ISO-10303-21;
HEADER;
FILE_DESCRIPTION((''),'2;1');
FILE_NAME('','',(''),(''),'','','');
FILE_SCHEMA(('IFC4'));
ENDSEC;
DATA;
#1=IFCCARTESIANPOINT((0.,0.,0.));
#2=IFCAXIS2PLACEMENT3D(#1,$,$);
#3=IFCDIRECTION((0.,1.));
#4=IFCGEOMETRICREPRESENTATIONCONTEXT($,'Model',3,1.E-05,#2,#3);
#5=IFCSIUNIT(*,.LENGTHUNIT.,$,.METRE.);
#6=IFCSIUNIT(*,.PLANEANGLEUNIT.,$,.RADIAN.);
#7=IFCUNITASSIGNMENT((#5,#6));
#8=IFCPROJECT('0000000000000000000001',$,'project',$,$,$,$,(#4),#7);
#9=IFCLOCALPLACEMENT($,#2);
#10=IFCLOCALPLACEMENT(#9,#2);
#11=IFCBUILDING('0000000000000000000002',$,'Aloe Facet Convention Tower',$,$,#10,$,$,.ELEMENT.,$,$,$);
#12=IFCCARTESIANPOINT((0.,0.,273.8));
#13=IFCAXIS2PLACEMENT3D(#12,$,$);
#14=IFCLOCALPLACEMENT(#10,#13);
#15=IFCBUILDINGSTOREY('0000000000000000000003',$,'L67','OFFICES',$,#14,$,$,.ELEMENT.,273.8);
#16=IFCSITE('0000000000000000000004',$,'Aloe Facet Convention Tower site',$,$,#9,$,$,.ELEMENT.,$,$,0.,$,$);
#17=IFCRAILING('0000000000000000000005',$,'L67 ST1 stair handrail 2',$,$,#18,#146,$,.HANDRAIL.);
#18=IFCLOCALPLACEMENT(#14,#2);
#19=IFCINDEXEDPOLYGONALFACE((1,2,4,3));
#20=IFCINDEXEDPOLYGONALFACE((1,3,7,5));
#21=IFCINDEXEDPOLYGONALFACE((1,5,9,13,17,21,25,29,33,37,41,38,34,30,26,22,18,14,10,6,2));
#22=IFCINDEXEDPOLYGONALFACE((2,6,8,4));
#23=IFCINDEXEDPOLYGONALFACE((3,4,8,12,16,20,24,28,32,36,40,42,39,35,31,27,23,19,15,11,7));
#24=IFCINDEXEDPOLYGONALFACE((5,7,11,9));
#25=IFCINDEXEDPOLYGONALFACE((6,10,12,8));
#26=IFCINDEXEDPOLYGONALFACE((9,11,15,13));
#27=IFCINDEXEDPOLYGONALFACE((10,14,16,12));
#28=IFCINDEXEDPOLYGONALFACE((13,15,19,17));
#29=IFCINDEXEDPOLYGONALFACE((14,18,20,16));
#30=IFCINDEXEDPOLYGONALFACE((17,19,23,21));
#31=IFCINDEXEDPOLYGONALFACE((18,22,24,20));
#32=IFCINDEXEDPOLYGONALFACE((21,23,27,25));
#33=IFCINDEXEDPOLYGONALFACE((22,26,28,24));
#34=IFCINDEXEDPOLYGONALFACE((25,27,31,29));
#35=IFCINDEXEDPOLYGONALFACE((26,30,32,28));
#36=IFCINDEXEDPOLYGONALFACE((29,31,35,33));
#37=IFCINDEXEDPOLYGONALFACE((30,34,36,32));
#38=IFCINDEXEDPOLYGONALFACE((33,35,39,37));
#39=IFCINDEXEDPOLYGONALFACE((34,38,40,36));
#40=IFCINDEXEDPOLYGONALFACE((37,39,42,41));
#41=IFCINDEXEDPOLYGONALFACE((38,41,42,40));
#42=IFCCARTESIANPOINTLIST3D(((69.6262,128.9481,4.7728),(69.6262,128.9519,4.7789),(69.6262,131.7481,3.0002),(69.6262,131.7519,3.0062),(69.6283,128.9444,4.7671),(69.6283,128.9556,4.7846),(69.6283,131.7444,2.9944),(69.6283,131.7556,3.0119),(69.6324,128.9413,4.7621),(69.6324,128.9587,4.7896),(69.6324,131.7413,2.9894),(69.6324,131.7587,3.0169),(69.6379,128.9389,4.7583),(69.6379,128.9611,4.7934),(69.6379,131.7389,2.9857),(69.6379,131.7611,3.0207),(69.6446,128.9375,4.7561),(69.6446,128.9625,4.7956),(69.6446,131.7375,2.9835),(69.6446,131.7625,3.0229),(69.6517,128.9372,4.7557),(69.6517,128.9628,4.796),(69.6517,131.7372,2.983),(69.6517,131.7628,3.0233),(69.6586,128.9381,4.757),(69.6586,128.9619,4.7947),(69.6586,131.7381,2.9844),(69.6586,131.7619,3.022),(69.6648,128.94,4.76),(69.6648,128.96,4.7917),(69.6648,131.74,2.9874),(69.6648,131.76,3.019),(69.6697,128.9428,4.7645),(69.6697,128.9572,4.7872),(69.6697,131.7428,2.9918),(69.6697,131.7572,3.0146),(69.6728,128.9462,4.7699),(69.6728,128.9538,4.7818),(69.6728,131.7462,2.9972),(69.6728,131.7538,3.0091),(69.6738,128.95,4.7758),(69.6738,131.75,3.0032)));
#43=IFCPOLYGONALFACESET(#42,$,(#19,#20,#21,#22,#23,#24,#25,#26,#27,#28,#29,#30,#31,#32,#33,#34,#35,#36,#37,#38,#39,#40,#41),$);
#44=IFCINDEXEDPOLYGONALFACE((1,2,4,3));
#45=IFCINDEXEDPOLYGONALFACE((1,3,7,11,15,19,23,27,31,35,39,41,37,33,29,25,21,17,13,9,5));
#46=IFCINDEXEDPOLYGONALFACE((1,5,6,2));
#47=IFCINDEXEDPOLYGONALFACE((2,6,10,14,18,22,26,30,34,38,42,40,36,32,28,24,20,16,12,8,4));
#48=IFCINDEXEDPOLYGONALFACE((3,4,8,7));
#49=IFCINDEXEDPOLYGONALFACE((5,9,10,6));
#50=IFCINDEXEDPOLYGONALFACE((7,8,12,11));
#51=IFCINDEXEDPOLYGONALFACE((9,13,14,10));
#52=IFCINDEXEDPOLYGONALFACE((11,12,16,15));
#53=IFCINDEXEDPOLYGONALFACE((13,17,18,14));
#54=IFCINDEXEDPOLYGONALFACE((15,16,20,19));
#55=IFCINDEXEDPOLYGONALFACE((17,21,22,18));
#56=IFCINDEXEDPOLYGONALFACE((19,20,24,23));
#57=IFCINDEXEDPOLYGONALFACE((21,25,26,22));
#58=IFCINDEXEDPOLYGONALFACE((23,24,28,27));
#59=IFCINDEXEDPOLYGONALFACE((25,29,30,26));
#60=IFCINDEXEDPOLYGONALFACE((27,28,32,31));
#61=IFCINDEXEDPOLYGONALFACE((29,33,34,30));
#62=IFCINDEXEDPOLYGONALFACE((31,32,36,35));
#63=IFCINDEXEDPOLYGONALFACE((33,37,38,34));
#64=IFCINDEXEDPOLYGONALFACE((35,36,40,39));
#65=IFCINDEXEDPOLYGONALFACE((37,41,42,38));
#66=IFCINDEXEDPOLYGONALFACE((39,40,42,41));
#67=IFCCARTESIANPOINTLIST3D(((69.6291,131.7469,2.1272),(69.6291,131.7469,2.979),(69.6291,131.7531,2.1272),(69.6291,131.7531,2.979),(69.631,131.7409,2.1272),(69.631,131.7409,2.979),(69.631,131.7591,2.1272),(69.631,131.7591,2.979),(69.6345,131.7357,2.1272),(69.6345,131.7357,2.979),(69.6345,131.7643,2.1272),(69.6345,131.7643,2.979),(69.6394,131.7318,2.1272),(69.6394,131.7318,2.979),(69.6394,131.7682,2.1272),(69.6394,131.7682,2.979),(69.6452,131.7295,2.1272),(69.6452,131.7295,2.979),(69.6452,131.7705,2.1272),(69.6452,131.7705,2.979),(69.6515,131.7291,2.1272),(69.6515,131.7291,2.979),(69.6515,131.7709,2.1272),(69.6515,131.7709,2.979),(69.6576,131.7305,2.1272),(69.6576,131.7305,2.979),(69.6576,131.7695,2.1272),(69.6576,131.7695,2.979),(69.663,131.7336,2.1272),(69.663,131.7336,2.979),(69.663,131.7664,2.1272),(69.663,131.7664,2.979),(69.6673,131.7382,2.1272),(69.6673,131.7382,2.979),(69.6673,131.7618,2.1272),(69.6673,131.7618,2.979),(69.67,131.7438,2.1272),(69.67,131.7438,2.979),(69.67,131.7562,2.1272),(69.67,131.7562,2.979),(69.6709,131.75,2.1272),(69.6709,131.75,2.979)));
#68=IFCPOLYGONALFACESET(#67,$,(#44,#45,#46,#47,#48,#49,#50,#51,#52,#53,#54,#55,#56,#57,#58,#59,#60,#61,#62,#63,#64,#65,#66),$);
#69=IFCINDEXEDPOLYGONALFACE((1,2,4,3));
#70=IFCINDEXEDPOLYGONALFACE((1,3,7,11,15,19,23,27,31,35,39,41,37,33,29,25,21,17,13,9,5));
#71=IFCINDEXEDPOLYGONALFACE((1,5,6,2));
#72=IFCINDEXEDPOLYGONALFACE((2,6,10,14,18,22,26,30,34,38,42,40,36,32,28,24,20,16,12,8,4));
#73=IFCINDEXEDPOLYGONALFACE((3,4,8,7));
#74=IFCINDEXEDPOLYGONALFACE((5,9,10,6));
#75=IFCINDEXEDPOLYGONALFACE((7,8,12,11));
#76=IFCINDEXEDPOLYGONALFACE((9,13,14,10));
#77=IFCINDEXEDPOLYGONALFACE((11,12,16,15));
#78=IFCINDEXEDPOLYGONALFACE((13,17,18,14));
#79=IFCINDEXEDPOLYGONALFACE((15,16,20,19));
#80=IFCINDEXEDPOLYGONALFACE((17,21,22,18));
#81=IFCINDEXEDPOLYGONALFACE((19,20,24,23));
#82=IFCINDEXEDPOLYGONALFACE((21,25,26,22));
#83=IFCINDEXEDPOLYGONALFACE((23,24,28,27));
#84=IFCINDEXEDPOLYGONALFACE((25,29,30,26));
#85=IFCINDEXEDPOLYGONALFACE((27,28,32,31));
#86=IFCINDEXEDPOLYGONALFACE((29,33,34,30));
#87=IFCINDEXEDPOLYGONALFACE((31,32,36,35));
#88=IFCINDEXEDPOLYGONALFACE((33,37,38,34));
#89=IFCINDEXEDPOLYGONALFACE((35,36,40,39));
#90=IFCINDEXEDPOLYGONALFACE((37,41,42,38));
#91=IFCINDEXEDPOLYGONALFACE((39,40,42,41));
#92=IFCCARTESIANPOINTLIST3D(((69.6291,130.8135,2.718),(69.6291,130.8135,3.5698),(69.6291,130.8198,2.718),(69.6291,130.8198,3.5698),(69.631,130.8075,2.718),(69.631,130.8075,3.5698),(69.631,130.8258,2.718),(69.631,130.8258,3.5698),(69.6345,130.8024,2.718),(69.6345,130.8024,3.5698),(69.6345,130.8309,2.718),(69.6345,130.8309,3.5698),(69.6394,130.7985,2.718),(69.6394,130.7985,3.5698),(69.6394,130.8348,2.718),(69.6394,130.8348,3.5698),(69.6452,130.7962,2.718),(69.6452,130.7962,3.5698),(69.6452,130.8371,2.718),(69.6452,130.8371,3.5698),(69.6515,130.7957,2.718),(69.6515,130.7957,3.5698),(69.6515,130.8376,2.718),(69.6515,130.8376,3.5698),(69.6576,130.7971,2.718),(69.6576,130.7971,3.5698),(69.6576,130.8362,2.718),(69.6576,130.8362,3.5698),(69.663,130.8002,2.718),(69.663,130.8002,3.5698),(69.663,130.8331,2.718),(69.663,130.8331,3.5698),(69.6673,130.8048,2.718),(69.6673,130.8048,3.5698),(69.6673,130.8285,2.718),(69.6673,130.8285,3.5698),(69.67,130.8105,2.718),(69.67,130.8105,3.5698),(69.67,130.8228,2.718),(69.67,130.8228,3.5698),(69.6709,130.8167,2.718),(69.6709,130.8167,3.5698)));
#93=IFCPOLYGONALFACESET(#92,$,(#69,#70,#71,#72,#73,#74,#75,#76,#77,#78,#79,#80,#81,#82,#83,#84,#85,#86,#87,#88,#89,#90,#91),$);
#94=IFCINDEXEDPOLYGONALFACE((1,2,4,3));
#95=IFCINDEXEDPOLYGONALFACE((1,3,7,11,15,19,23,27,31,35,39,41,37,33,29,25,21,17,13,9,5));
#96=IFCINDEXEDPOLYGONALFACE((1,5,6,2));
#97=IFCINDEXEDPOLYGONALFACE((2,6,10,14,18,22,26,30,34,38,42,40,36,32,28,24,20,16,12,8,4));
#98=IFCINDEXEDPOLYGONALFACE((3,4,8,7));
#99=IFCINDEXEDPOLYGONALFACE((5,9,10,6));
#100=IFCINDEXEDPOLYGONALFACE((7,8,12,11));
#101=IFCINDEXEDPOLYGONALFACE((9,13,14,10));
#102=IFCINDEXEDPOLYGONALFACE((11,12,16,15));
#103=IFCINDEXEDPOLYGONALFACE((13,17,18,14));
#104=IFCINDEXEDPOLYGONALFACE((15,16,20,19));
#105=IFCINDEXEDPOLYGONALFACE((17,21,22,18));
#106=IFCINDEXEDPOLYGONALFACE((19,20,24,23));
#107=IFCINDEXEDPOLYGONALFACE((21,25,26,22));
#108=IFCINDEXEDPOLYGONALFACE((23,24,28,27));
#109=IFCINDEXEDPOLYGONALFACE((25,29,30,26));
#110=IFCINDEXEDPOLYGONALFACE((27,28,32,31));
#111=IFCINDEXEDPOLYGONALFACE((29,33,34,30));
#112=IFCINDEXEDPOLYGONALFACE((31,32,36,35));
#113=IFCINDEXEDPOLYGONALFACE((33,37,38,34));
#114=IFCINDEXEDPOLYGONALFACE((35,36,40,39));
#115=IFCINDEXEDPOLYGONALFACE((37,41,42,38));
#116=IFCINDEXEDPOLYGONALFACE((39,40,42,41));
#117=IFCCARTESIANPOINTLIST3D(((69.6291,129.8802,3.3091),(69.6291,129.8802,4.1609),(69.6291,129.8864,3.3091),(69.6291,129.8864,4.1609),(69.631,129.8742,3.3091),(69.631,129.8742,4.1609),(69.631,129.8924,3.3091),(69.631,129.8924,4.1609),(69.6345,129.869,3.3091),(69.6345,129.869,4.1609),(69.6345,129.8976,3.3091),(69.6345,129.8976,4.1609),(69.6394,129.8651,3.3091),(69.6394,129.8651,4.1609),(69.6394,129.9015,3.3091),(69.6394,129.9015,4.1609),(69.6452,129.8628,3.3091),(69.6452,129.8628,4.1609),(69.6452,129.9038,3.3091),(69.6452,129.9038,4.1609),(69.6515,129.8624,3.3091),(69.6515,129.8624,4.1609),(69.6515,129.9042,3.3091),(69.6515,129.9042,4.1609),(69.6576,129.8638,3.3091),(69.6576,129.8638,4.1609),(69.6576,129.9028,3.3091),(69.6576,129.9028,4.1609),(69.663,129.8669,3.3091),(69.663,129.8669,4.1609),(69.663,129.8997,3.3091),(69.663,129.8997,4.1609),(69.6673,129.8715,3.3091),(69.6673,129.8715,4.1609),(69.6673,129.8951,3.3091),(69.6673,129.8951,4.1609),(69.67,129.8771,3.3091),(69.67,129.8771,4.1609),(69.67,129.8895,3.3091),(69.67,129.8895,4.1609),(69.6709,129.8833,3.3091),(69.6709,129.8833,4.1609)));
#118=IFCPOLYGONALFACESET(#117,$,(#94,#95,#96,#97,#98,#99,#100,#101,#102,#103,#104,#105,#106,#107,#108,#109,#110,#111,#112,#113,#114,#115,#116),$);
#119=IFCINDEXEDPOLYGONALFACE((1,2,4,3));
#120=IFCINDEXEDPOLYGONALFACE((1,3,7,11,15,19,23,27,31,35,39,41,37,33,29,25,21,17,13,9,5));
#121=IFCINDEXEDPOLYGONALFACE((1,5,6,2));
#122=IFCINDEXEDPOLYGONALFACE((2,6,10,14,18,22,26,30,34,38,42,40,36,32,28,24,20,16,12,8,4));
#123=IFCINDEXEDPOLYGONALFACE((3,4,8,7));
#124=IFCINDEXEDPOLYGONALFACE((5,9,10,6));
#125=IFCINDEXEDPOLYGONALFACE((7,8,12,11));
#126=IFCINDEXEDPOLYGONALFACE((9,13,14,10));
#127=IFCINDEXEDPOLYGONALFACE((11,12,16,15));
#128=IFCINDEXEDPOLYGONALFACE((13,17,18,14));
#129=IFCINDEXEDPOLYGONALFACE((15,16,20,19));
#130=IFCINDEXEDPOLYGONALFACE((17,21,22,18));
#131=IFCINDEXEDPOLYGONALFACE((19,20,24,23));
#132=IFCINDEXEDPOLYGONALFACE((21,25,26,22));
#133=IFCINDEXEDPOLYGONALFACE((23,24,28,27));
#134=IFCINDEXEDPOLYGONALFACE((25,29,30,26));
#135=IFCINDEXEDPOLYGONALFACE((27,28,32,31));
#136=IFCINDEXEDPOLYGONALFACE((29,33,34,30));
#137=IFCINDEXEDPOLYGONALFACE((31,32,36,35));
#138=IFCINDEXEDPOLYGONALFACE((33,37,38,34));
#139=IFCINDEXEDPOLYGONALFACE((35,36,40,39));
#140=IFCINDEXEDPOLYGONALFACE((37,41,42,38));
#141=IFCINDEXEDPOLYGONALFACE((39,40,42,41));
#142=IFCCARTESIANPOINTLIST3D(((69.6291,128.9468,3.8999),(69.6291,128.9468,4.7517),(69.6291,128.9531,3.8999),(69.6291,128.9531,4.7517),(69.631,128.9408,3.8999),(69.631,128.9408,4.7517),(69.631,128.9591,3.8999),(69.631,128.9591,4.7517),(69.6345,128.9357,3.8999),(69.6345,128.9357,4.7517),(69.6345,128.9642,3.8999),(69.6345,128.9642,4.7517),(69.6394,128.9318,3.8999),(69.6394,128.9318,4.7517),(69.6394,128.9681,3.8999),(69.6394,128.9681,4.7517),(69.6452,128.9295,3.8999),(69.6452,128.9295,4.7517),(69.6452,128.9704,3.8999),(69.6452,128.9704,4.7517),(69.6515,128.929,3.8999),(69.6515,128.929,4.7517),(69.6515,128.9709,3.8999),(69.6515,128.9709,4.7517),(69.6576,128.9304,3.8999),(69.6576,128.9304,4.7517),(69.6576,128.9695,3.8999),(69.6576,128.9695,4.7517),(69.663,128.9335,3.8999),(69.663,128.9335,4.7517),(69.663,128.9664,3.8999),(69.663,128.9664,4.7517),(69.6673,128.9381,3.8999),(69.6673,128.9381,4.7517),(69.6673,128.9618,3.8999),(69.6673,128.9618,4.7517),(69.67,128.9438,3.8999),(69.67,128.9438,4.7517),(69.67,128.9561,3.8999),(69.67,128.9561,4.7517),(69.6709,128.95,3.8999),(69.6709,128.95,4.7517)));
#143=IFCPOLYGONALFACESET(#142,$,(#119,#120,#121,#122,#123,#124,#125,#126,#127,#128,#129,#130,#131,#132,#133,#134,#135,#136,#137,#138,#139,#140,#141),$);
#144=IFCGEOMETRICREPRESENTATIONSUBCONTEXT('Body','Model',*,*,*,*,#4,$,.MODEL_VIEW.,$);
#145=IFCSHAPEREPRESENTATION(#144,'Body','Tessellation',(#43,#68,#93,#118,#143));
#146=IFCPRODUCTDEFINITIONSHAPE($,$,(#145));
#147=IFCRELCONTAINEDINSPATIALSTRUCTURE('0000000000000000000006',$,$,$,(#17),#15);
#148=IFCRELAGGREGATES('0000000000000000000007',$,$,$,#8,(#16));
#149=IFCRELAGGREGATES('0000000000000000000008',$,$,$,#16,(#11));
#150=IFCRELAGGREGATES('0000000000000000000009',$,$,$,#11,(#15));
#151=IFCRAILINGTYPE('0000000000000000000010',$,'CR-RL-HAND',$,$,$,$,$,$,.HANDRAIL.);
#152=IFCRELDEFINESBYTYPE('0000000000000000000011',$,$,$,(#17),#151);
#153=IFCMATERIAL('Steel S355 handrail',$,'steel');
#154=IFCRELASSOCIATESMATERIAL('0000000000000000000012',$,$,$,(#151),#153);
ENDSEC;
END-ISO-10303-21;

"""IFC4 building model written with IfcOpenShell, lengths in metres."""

from ifc_helpers import new_model, si_unit, direction, frame, origin, origin_2d, place, context, subcontext, project, spatial, circle, extrude, material, type_object, element, save


model = new_model("IFC4")

# Units and contexts
model_context = context("Model", 3, precision=1e-05, world=origin(), true_north=direction((0.0, 1.0)))
body_context = subcontext(model_context, "Body", "Model", "MODEL_VIEW")
ifc_project = project(units=[si_unit("LENGTHUNIT", "METRE"), si_unit("PLANEANGLEUNIT", "RADIAN")], contexts=[model_context])

# Site, building, storey
site_placement = place(None, origin())
site = spatial("IfcSite", under=ifc_project, at=site_placement, Name="Aloe Facet Convention Tower site", CompositionType="ELEMENT", RefElevation=0.0)
building_placement = place(site_placement, origin())
building = spatial("IfcBuilding", under=site, at=building_placement, Name="Aloe Facet Convention Tower", CompositionType="ELEMENT")
storey_placement = place(building_placement, frame((0.0, 0.0, 273.8)))
storey = spatial("IfcBuildingStorey", under=building, at=storey_placement, Name="L67", Description="OFFICES", CompositionType="ELEMENT", Elevation=273.8)

# Railing
ifc_material_1 = material(Name="Steel S355 handrail", Category="steel")
railing_type_1 = type_object("IfcRailingType", Name="CR-RL-HAND", PredefinedType="HANDRAIL", material=ifc_material_1)
railing_1_placement = place(storey_placement, frame((69.6499, 131.75, 2.1272)))
element("IfcRailing", 1, at=railing_1_placement, inside=storey, type_object=railing_type_1, Name="L67 ST1 stair handrail 2", PredefinedType="HANDRAIL", context=body_context, shape_type="SweptSolid", body=[
    extrude(circle(Radius=0.0239, at=origin_2d()), frame((0.0, 0.0, 0.876), z_axis=(0.0, -0.844909, 0.53491), x_axis=(1.0, 0.0, 0.0)), (0.0, 0.0, 1.0), 3.314),
    extrude(circle(Radius=0.021, at=origin_2d()), origin(), (0.0, 0.0, 1.0), 0.8518),
    extrude(circle(Radius=0.021, at=origin_2d()), frame((0.0, -0.9333, 0.5908)), (0.0, 0.0, 1.0), 0.8518),
    extrude(circle(Radius=0.021, at=origin_2d()), frame((0.0, -1.8667, 1.1819)), (0.0, 0.0, 1.0), 0.8518),
    extrude(circle(Radius=0.021, at=origin_2d()), frame((0.0, -2.8, 1.7727)), (0.0, 0.0, 1.0), 0.8518),
])

save(model, "model.ifc")
